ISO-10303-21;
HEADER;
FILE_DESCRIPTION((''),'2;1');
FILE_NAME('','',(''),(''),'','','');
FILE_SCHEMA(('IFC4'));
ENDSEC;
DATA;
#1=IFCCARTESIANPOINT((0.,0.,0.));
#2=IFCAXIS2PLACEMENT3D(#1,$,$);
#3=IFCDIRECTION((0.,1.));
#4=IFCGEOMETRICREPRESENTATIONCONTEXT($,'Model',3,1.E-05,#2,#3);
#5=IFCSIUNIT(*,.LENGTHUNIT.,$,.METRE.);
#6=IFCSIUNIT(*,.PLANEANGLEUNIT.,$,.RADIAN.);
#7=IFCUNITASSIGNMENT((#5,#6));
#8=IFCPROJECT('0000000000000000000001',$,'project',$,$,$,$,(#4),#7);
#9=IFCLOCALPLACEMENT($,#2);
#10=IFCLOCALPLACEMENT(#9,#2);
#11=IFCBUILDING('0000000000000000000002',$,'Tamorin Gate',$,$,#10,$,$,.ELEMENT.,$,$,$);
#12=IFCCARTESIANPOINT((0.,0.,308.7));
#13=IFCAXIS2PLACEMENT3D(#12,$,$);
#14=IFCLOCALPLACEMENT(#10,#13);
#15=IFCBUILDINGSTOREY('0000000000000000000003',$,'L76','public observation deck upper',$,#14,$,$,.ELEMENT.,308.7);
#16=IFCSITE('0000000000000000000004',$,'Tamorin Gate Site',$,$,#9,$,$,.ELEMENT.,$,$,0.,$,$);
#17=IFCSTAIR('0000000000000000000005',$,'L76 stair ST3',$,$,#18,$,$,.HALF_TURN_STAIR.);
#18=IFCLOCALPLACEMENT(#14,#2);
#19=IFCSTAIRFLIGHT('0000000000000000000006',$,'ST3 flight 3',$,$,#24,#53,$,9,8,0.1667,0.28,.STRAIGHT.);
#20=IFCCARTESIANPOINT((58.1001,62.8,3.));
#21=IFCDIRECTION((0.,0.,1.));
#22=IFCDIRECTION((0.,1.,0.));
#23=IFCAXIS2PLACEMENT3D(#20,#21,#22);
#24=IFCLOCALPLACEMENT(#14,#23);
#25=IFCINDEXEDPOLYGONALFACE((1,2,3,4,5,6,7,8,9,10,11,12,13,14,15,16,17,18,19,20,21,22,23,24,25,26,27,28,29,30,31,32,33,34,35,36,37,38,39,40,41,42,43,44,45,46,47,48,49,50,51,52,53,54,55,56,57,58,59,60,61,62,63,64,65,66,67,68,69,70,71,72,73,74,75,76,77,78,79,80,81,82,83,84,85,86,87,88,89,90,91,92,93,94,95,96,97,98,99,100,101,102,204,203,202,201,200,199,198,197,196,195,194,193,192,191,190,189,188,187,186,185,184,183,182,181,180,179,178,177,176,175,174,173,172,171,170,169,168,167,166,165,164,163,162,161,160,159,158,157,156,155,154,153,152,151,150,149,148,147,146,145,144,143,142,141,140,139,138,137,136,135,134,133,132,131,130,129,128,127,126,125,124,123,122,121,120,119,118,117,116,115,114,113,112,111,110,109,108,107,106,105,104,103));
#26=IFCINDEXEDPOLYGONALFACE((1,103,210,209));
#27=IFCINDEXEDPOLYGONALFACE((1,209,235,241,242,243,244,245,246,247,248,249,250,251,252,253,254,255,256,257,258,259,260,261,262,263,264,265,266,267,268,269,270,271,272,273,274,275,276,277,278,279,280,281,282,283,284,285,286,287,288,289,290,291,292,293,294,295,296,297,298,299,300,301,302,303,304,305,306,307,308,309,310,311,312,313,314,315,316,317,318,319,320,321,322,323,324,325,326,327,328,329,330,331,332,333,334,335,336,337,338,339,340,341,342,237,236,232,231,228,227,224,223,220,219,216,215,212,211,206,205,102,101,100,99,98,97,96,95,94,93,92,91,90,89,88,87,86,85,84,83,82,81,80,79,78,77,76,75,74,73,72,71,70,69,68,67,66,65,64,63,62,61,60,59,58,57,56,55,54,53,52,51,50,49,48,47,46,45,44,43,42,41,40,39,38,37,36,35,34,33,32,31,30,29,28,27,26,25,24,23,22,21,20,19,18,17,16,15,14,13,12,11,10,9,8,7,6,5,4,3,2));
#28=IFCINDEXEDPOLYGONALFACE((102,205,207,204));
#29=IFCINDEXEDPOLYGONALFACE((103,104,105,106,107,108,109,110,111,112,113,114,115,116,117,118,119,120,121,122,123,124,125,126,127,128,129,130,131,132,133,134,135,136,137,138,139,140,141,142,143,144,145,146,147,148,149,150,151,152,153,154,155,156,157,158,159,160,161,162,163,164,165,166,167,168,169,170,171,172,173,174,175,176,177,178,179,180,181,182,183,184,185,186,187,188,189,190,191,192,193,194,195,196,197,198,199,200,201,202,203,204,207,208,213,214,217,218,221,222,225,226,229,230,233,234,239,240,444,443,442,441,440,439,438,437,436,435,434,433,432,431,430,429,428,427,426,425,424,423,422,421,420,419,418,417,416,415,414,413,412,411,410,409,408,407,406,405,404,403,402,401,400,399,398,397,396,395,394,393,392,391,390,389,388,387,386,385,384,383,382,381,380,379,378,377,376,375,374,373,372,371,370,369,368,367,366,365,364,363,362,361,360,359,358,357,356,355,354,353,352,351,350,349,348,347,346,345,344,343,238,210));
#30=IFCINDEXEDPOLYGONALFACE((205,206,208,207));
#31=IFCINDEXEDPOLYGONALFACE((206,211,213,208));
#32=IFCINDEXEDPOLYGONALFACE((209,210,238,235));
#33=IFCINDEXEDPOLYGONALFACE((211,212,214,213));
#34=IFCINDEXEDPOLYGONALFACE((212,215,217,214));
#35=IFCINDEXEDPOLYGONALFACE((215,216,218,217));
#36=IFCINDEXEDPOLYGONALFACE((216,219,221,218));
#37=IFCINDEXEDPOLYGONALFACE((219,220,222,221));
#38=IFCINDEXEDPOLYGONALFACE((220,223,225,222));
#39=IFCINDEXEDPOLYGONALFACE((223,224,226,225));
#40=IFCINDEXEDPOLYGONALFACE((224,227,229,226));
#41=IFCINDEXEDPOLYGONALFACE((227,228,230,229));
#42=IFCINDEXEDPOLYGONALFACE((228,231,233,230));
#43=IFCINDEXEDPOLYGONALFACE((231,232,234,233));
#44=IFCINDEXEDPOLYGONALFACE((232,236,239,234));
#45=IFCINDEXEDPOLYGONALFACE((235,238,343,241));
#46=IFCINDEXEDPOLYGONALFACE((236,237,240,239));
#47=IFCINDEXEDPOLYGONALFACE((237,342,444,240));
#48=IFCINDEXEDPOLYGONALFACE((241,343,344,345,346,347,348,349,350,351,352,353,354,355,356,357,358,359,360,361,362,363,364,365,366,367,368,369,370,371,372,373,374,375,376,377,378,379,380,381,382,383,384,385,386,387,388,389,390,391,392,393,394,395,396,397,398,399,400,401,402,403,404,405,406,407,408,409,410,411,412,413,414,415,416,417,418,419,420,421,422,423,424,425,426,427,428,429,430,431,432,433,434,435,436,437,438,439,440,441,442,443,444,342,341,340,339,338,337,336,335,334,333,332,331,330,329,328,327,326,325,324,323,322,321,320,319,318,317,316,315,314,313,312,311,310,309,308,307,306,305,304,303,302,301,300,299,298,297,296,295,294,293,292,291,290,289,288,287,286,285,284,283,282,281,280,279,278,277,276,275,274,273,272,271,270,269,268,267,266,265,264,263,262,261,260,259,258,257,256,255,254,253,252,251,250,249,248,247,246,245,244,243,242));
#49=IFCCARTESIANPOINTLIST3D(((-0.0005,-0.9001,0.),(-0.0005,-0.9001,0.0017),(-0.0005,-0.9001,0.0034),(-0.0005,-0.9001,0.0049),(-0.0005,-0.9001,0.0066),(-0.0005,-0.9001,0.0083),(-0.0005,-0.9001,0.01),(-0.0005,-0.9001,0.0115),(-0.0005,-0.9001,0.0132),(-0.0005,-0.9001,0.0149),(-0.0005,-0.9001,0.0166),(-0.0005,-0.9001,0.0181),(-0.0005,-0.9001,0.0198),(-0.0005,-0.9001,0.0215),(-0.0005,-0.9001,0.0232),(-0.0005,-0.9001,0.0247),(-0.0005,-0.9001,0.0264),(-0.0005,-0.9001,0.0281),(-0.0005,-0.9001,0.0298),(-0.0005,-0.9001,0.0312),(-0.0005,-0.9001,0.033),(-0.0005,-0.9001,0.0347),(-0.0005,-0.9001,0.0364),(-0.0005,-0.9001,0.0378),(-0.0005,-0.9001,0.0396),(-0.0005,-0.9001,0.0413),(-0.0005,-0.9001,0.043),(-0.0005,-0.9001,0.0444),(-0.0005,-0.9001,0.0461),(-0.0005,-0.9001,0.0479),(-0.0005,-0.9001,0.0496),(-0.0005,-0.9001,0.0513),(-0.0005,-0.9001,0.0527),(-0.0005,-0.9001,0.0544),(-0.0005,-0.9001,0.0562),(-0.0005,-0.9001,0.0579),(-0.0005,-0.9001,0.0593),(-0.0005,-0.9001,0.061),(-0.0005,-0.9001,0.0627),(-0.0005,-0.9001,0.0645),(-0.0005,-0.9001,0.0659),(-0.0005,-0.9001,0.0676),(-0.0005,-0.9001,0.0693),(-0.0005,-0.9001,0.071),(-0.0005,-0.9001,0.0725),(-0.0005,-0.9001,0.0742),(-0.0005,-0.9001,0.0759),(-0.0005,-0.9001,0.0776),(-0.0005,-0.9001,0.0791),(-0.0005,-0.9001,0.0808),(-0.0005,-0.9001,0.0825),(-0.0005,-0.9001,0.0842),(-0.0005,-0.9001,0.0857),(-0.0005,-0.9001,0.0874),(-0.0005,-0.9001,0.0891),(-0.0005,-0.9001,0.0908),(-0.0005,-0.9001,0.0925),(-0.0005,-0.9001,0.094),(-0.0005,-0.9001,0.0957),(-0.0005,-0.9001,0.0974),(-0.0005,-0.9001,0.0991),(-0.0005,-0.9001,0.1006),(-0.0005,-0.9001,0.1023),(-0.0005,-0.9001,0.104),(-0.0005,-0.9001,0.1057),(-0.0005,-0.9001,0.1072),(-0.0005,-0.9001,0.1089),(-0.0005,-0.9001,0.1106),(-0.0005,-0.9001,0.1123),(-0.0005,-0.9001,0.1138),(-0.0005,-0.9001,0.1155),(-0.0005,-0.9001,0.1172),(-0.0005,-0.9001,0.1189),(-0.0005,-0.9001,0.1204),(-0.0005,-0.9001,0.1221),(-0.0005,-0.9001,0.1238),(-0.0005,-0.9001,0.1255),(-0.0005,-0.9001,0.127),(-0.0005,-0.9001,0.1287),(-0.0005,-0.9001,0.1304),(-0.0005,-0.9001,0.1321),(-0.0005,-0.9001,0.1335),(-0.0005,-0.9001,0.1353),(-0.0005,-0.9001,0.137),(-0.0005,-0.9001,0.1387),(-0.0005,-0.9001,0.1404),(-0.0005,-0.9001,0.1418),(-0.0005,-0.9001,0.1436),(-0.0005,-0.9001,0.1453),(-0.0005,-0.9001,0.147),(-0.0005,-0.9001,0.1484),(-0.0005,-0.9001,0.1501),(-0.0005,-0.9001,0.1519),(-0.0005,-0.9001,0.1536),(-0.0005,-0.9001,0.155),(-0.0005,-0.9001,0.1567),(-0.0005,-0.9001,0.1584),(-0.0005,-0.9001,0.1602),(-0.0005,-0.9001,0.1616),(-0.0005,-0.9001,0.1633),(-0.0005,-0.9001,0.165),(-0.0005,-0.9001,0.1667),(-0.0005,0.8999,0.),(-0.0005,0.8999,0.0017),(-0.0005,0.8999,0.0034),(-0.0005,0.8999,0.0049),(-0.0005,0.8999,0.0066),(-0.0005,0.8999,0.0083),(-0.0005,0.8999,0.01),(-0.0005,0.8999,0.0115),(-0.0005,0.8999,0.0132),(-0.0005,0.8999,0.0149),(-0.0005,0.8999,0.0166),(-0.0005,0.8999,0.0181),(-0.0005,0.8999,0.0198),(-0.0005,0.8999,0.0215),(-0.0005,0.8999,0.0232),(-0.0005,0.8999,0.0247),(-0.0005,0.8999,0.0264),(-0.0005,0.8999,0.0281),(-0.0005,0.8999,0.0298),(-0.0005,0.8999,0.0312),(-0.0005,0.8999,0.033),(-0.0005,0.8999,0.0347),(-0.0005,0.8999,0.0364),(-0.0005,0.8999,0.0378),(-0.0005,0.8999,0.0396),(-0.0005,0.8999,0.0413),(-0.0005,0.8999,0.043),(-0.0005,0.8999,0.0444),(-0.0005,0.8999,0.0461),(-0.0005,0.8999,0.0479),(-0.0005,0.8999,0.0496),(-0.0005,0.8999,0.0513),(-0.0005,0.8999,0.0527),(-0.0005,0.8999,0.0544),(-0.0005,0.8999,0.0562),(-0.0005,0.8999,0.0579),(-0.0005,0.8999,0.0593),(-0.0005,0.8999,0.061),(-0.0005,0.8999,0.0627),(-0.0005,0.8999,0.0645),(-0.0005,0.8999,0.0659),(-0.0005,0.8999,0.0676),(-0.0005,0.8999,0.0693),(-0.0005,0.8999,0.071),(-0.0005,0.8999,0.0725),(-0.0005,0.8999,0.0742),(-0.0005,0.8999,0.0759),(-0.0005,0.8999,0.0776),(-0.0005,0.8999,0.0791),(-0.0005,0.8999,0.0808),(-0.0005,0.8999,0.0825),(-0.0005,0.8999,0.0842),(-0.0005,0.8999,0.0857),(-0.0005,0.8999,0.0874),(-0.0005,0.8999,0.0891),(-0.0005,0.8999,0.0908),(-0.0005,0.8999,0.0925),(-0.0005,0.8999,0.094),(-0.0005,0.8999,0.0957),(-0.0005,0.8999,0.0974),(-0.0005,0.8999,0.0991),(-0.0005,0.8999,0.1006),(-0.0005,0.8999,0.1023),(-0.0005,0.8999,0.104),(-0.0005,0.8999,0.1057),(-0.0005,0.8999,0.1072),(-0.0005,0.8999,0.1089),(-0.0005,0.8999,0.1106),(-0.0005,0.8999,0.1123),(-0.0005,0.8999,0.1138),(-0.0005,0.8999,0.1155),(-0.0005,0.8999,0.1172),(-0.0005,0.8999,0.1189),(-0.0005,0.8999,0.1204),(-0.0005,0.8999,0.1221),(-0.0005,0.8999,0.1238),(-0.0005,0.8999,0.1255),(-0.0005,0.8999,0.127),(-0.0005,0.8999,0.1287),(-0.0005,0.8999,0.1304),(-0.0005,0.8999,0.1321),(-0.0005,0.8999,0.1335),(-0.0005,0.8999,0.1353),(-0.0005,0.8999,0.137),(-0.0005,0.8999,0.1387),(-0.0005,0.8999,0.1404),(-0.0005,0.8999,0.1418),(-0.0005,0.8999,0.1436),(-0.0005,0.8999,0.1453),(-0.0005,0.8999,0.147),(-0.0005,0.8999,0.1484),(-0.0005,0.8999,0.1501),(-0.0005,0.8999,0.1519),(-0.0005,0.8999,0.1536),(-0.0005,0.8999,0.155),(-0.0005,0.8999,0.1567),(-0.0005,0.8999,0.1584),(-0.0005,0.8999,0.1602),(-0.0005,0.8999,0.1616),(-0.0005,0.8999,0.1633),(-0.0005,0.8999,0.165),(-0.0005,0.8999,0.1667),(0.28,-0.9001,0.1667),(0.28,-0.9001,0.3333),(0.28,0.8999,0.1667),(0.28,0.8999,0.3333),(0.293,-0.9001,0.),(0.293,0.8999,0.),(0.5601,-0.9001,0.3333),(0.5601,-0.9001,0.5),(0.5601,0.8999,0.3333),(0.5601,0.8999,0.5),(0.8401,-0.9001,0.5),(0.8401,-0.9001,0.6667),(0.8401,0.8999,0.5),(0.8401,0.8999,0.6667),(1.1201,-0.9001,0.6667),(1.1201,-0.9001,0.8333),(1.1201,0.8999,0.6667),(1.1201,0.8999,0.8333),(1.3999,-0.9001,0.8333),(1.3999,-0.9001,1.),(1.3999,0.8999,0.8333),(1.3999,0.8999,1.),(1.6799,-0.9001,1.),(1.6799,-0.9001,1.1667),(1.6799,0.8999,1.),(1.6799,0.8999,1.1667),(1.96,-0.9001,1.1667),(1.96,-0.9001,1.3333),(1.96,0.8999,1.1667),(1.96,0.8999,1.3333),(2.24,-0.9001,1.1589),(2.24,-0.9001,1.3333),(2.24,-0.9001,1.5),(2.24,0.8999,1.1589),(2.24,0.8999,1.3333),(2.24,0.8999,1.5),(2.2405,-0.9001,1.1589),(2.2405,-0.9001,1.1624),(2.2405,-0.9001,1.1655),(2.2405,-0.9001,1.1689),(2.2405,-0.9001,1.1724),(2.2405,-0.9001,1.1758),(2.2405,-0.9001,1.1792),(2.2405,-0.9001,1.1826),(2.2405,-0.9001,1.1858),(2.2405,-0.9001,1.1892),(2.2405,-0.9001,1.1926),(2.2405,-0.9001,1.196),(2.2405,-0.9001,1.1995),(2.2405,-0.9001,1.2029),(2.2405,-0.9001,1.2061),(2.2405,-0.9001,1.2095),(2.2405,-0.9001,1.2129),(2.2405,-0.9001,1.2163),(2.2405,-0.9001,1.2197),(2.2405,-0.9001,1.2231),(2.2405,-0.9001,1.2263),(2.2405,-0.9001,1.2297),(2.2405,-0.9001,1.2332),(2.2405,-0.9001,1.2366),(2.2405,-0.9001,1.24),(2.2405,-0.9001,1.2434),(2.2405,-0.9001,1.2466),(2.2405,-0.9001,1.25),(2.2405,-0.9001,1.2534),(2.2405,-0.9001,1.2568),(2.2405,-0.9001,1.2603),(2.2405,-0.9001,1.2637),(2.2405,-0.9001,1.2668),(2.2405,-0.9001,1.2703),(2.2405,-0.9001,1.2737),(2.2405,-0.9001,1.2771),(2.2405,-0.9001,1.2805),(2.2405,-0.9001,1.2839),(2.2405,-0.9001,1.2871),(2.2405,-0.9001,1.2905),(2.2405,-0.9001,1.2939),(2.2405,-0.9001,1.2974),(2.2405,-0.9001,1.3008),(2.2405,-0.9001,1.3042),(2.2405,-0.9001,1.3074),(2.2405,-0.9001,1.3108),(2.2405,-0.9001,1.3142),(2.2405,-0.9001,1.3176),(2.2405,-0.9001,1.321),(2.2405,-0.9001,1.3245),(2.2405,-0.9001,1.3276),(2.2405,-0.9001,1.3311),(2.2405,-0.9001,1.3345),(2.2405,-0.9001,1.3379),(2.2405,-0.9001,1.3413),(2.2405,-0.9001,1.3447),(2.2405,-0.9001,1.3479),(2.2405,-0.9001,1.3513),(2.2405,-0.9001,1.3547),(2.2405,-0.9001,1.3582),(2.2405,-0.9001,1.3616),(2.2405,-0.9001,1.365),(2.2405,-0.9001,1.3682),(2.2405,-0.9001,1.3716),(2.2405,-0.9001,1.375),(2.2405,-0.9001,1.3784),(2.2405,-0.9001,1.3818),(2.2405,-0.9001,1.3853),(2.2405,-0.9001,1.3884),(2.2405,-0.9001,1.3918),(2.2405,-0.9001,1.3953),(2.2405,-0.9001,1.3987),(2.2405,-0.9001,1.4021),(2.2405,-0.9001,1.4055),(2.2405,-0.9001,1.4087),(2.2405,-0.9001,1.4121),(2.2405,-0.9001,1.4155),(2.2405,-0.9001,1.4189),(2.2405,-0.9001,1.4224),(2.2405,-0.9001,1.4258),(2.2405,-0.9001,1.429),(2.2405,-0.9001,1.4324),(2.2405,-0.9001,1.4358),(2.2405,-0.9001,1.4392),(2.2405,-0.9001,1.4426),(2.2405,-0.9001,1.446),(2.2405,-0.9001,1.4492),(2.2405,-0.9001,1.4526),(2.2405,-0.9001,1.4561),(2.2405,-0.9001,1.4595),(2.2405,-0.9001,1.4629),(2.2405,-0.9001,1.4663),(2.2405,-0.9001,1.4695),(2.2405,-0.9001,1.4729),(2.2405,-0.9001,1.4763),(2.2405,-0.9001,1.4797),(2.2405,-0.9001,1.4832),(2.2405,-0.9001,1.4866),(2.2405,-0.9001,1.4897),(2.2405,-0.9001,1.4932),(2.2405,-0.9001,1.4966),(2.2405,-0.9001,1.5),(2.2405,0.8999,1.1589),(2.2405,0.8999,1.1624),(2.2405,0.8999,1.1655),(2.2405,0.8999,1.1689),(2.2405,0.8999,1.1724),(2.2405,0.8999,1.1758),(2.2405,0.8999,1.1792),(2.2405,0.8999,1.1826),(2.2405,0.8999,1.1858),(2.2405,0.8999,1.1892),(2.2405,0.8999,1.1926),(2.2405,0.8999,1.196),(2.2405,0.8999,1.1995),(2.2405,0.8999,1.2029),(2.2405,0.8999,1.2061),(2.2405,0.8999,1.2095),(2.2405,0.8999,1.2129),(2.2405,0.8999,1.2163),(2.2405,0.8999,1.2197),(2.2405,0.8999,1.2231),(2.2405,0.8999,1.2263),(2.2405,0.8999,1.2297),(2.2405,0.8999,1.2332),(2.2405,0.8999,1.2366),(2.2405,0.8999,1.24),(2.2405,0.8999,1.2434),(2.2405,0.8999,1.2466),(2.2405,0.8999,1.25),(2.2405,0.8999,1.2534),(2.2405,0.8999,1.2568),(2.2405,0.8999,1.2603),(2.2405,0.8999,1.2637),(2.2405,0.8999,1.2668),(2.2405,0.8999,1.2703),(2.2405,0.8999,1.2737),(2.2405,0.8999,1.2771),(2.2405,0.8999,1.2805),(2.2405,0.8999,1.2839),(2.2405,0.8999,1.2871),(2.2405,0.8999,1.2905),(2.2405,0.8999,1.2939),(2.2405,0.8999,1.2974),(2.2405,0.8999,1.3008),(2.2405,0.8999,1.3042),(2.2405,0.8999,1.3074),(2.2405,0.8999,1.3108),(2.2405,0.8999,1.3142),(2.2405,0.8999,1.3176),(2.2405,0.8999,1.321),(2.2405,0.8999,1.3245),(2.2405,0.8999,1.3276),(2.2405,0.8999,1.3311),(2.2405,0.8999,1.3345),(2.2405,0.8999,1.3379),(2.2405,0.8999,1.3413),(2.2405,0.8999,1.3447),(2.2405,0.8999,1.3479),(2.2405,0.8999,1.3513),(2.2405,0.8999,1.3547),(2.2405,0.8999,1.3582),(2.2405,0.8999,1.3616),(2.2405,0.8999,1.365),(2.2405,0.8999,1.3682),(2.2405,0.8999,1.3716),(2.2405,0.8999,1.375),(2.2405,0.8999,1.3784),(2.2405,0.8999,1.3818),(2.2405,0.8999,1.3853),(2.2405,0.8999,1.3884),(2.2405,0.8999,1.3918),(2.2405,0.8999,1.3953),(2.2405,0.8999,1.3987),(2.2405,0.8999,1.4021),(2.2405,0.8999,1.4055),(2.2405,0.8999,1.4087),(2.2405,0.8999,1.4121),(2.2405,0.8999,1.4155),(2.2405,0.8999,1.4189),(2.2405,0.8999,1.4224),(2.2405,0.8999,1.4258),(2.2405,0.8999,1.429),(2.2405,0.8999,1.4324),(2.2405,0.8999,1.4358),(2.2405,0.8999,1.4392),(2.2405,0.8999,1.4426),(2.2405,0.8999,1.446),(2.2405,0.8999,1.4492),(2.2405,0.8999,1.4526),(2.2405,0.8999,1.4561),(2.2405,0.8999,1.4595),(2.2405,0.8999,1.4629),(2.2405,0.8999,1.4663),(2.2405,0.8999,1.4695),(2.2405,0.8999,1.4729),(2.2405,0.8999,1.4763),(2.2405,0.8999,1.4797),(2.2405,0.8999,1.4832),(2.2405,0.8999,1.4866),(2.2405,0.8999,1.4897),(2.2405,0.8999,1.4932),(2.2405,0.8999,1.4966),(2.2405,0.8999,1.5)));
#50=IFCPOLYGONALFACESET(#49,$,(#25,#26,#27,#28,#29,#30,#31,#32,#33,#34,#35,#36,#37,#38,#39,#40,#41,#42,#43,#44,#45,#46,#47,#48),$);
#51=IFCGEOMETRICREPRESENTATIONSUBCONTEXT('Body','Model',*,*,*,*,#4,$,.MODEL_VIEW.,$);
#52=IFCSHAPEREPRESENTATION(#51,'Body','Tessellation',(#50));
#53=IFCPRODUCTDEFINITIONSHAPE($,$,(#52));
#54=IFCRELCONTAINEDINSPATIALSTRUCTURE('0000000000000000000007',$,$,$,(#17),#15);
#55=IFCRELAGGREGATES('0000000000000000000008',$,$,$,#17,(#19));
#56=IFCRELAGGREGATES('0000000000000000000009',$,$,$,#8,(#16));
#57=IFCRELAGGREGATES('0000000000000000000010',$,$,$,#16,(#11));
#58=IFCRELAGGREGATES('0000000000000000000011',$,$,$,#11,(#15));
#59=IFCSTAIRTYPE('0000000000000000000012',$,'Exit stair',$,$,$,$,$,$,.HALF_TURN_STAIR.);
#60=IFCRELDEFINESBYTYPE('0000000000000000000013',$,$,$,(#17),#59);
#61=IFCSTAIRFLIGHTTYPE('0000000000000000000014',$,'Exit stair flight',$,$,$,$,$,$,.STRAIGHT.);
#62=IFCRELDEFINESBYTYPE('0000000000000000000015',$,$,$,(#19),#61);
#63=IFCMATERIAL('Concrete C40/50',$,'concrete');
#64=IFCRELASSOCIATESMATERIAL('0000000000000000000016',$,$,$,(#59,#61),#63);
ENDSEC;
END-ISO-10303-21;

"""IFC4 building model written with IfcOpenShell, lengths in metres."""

from ifc_helpers import new_model, si_unit, direction, frame, origin, place, context, subcontext, project, spatial, polyline, outline, extrude, material, type_object, element, aggregate, save


model = new_model("IFC4")

# Units and contexts
model_context = context("Model", 3, precision=1e-05, world=origin(), true_north=direction((0.0, 1.0)))
body_context = subcontext(model_context, "Body", "Model", "MODEL_VIEW")
ifc_project = project(units=[si_unit("LENGTHUNIT", "METRE"), si_unit("PLANEANGLEUNIT", "RADIAN")], contexts=[model_context])

# Site, building, storey
site_placement = place(None, origin())
site = spatial("IfcSite", under=ifc_project, at=site_placement, Name="Tamorin Gate Site", CompositionType="ELEMENT", RefElevation=0.0)
building_placement = place(site_placement, origin())
building = spatial("IfcBuilding", under=site, at=building_placement, Name="Tamorin Gate", CompositionType="ELEMENT")
storey_placement = place(building_placement, frame((0.0, 0.0, 308.7)))
storey = spatial("IfcBuildingStorey", under=building, at=storey_placement, Name="L76", Description="public observation deck upper", CompositionType="ELEMENT", Elevation=308.7)

# Shared definitions
ifc_material_1 = material(Name="Concrete C40/50", Category="concrete")

# Stair, stair flight
stair_type = type_object("IfcStairType", Name="Exit stair", PredefinedType="HALF_TURN_STAIR", material=ifc_material_1)
stair_placement = place(storey_placement, origin())
stair = element("IfcStair", 1, at=stair_placement, inside=storey, type_object=stair_type, Name="L76 stair ST3", PredefinedType="HALF_TURN_STAIR")
stair_flight_type = type_object("IfcStairFlightType", Name="Exit stair flight", PredefinedType="STRAIGHT", material=ifc_material_1)
stair_flight_1_placement = place(storey_placement, frame((58.1001, 62.8, 3.0), z_axis=(0.0, 0.0, 1.0), x_axis=(0.0, 1.0, 0.0)))
stair_flight_1 = element("IfcStairFlight", 2, at=stair_flight_1_placement, type_object=stair_flight_type, Name="ST3 flight 3", NumberOfRisers=9, NumberOfTreads=8, PredefinedType="STRAIGHT", RiserHeight=0.1667, TreadLength=0.28, context=body_context, shape_type="SweptSolid", body=[
    extrude(outline(polyline([(-0.0005, 0.0), (-0.0005, 0.0017), (-0.0005, 0.0034), (-0.0005, 0.0049), (-0.0005, 0.0066), (-0.0005, 0.0083), (-0.0005, 0.01), (-0.0005, 0.0115), (-0.0005, 0.0132), (-0.0005, 0.0149), (-0.0005, 0.0166), (-0.0005, 0.0181), (-0.0005, 0.0198), (-0.0005, 0.0215), (-0.0005, 0.0232), (-0.0005, 0.0247), (-0.0005, 0.0264), (-0.0005, 0.0281), (-0.0005, 0.0298), (-0.0005, 0.0312), (-0.0005, 0.033), (-0.0005, 0.0347), (-0.0005, 0.0364), (-0.0005, 0.0378), (-0.0005, 0.0396), (-0.0005, 0.0413), (-0.0005, 0.043), (-0.0005, 0.0444), (-0.0005, 0.0461), (-0.0005, 0.0479), (-0.0005, 0.0496), (-0.0005, 0.0513), (-0.0005, 0.0527), (-0.0005, 0.0544), (-0.0005, 0.0562), (-0.0005, 0.0579), (-0.0005, 0.0593), (-0.0005, 0.061), (-0.0005, 0.0627), (-0.0005, 0.0645), (-0.0005, 0.0659), (-0.0005, 0.0676), (-0.0005, 0.0693), (-0.0005, 0.071), (-0.0005, 0.0725), (-0.0005, 0.0742), (-0.0005, 0.0759), (-0.0005, 0.0776), (-0.0005, 0.0791), (-0.0005, 0.0808), (-0.0005, 0.0825), (-0.0005, 0.0842), (-0.0005, 0.0857), (-0.0005, 0.0874), (-0.0005, 0.0891), (-0.0005, 0.0908), (-0.0005, 0.0925), (-0.0005, 0.094), (-0.0005, 0.0957), (-0.0005, 0.0974), (-0.0005, 0.0991), (-0.0005, 0.1006), (-0.0005, 0.1023), (-0.0005, 0.104), (-0.0005, 0.1057), (-0.0005, 0.1072), (-0.0005, 0.1089), (-0.0005, 0.1106), (-0.0005, 0.1123), (-0.0005, 0.1138), (-0.0005, 0.1155), (-0.0005, 0.1172), (-0.0005, 0.1189), (-0.0005, 0.1204), (-0.0005, 0.1221), (-0.0005, 0.1238), (-0.0005, 0.1255), (-0.0005, 0.127), (-0.0005, 0.1287), (-0.0005, 0.1304), (-0.0005, 0.1321), (-0.0005, 0.1335), (-0.0005, 0.1353), (-0.0005, 0.137), (-0.0005, 0.1387), (-0.0005, 0.1404), (-0.0005, 0.1418), (-0.0005, 0.1436), (-0.0005, 0.1453), (-0.0005, 0.147), (-0.0005, 0.1484), (-0.0005, 0.1501), (-0.0005, 0.1519), (-0.0005, 0.1536), (-0.0005, 0.155), (-0.0005, 0.1567), (-0.0005, 0.1584), (-0.0005, 0.1602), (-0.0005, 0.1616), (-0.0005, 0.1633), (-0.0005, 0.165), (-0.0005, 0.1667), (0.28, 0.1667), (0.28, 0.3333), (0.5601, 0.3333), (0.5601, 0.5), (0.8401, 0.5), (0.8401, 0.6667), (1.1201, 0.6667), (1.1201, 0.8333), (1.3999, 0.8333), (1.3999, 1.0), (1.6799, 1.0), (1.6799, 1.1667), (1.96, 1.1667), (1.96, 1.3333), (2.24, 1.3333), (2.24, 1.5), (2.2405, 1.5), (2.2405, 1.4966), (2.2405, 1.4932), (2.2405, 1.4897), (2.2405, 1.4866), (2.2405, 1.4832), (2.2405, 1.4797), (2.2405, 1.4763), (2.2405, 1.4729), (2.2405, 1.4695), (2.2405, 1.4663), (2.2405, 1.4629), (2.2405, 1.4595), (2.2405, 1.4561), (2.2405, 1.4526), (2.2405, 1.4492), (2.2405, 1.446), (2.2405, 1.4426), (2.2405, 1.4392), (2.2405, 1.4358), (2.2405, 1.4324), (2.2405, 1.429), (2.2405, 1.4258), (2.2405, 1.4224), (2.2405, 1.4189), (2.2405, 1.4155), (2.2405, 1.4121), (2.2405, 1.4087), (2.2405, 1.4055), (2.2405, 1.4021), (2.2405, 1.3987), (2.2405, 1.3953), (2.2405, 1.3918), (2.2405, 1.3884), (2.2405, 1.3853), (2.2405, 1.3818), (2.2405, 1.3784), (2.2405, 1.375), (2.2405, 1.3716), (2.2405, 1.3682), (2.2405, 1.365), (2.2405, 1.3616), (2.2405, 1.3582), (2.2405, 1.3547), (2.2405, 1.3513), (2.2405, 1.3479), (2.2405, 1.3447), (2.2405, 1.3413), (2.2405, 1.3379), (2.2405, 1.3345), (2.2405, 1.3311), (2.2405, 1.3276), (2.2405, 1.3245), (2.2405, 1.321), (2.2405, 1.3176), (2.2405, 1.3142), (2.2405, 1.3108), (2.2405, 1.3074), (2.2405, 1.3042), (2.2405, 1.3008), (2.2405, 1.2974), (2.2405, 1.2939), (2.2405, 1.2905), (2.2405, 1.2871), (2.2405, 1.2839), (2.2405, 1.2805), (2.2405, 1.2771), (2.2405, 1.2737), (2.2405, 1.2703), (2.2405, 1.2668), (2.2405, 1.2637), (2.2405, 1.2603), (2.2405, 1.2568), (2.2405, 1.2534), (2.2405, 1.25), (2.2405, 1.2466), (2.2405, 1.2434), (2.2405, 1.24), (2.2405, 1.2366), (2.2405, 1.2332), (2.2405, 1.2297), (2.2405, 1.2263), (2.2405, 1.2231), (2.2405, 1.2197), (2.2405, 1.2163), (2.2405, 1.2129), (2.2405, 1.2095), (2.2405, 1.2061), (2.2405, 1.2029), (2.2405, 1.1995), (2.2405, 1.196), (2.2405, 1.1926), (2.2405, 1.1892), (2.2405, 1.1858), (2.2405, 1.1826), (2.2405, 1.1792), (2.2405, 1.1758), (2.2405, 1.1724), (2.2405, 1.1689), (2.2405, 1.1655), (2.2405, 1.1624), (2.2405, 1.1589), (2.24, 1.1589), (0.293, 0.0), (-0.0005, 0.0)])), frame((0.0, 0.8999, 0.0), z_axis=(0.0, -1.0, 0.0), x_axis=(1.0, 0.0, 0.0)), (0.0, 0.0, 1.0), 1.8),
])
aggregate(stair, [stair_flight_1])

save(model, "model.ifc")
